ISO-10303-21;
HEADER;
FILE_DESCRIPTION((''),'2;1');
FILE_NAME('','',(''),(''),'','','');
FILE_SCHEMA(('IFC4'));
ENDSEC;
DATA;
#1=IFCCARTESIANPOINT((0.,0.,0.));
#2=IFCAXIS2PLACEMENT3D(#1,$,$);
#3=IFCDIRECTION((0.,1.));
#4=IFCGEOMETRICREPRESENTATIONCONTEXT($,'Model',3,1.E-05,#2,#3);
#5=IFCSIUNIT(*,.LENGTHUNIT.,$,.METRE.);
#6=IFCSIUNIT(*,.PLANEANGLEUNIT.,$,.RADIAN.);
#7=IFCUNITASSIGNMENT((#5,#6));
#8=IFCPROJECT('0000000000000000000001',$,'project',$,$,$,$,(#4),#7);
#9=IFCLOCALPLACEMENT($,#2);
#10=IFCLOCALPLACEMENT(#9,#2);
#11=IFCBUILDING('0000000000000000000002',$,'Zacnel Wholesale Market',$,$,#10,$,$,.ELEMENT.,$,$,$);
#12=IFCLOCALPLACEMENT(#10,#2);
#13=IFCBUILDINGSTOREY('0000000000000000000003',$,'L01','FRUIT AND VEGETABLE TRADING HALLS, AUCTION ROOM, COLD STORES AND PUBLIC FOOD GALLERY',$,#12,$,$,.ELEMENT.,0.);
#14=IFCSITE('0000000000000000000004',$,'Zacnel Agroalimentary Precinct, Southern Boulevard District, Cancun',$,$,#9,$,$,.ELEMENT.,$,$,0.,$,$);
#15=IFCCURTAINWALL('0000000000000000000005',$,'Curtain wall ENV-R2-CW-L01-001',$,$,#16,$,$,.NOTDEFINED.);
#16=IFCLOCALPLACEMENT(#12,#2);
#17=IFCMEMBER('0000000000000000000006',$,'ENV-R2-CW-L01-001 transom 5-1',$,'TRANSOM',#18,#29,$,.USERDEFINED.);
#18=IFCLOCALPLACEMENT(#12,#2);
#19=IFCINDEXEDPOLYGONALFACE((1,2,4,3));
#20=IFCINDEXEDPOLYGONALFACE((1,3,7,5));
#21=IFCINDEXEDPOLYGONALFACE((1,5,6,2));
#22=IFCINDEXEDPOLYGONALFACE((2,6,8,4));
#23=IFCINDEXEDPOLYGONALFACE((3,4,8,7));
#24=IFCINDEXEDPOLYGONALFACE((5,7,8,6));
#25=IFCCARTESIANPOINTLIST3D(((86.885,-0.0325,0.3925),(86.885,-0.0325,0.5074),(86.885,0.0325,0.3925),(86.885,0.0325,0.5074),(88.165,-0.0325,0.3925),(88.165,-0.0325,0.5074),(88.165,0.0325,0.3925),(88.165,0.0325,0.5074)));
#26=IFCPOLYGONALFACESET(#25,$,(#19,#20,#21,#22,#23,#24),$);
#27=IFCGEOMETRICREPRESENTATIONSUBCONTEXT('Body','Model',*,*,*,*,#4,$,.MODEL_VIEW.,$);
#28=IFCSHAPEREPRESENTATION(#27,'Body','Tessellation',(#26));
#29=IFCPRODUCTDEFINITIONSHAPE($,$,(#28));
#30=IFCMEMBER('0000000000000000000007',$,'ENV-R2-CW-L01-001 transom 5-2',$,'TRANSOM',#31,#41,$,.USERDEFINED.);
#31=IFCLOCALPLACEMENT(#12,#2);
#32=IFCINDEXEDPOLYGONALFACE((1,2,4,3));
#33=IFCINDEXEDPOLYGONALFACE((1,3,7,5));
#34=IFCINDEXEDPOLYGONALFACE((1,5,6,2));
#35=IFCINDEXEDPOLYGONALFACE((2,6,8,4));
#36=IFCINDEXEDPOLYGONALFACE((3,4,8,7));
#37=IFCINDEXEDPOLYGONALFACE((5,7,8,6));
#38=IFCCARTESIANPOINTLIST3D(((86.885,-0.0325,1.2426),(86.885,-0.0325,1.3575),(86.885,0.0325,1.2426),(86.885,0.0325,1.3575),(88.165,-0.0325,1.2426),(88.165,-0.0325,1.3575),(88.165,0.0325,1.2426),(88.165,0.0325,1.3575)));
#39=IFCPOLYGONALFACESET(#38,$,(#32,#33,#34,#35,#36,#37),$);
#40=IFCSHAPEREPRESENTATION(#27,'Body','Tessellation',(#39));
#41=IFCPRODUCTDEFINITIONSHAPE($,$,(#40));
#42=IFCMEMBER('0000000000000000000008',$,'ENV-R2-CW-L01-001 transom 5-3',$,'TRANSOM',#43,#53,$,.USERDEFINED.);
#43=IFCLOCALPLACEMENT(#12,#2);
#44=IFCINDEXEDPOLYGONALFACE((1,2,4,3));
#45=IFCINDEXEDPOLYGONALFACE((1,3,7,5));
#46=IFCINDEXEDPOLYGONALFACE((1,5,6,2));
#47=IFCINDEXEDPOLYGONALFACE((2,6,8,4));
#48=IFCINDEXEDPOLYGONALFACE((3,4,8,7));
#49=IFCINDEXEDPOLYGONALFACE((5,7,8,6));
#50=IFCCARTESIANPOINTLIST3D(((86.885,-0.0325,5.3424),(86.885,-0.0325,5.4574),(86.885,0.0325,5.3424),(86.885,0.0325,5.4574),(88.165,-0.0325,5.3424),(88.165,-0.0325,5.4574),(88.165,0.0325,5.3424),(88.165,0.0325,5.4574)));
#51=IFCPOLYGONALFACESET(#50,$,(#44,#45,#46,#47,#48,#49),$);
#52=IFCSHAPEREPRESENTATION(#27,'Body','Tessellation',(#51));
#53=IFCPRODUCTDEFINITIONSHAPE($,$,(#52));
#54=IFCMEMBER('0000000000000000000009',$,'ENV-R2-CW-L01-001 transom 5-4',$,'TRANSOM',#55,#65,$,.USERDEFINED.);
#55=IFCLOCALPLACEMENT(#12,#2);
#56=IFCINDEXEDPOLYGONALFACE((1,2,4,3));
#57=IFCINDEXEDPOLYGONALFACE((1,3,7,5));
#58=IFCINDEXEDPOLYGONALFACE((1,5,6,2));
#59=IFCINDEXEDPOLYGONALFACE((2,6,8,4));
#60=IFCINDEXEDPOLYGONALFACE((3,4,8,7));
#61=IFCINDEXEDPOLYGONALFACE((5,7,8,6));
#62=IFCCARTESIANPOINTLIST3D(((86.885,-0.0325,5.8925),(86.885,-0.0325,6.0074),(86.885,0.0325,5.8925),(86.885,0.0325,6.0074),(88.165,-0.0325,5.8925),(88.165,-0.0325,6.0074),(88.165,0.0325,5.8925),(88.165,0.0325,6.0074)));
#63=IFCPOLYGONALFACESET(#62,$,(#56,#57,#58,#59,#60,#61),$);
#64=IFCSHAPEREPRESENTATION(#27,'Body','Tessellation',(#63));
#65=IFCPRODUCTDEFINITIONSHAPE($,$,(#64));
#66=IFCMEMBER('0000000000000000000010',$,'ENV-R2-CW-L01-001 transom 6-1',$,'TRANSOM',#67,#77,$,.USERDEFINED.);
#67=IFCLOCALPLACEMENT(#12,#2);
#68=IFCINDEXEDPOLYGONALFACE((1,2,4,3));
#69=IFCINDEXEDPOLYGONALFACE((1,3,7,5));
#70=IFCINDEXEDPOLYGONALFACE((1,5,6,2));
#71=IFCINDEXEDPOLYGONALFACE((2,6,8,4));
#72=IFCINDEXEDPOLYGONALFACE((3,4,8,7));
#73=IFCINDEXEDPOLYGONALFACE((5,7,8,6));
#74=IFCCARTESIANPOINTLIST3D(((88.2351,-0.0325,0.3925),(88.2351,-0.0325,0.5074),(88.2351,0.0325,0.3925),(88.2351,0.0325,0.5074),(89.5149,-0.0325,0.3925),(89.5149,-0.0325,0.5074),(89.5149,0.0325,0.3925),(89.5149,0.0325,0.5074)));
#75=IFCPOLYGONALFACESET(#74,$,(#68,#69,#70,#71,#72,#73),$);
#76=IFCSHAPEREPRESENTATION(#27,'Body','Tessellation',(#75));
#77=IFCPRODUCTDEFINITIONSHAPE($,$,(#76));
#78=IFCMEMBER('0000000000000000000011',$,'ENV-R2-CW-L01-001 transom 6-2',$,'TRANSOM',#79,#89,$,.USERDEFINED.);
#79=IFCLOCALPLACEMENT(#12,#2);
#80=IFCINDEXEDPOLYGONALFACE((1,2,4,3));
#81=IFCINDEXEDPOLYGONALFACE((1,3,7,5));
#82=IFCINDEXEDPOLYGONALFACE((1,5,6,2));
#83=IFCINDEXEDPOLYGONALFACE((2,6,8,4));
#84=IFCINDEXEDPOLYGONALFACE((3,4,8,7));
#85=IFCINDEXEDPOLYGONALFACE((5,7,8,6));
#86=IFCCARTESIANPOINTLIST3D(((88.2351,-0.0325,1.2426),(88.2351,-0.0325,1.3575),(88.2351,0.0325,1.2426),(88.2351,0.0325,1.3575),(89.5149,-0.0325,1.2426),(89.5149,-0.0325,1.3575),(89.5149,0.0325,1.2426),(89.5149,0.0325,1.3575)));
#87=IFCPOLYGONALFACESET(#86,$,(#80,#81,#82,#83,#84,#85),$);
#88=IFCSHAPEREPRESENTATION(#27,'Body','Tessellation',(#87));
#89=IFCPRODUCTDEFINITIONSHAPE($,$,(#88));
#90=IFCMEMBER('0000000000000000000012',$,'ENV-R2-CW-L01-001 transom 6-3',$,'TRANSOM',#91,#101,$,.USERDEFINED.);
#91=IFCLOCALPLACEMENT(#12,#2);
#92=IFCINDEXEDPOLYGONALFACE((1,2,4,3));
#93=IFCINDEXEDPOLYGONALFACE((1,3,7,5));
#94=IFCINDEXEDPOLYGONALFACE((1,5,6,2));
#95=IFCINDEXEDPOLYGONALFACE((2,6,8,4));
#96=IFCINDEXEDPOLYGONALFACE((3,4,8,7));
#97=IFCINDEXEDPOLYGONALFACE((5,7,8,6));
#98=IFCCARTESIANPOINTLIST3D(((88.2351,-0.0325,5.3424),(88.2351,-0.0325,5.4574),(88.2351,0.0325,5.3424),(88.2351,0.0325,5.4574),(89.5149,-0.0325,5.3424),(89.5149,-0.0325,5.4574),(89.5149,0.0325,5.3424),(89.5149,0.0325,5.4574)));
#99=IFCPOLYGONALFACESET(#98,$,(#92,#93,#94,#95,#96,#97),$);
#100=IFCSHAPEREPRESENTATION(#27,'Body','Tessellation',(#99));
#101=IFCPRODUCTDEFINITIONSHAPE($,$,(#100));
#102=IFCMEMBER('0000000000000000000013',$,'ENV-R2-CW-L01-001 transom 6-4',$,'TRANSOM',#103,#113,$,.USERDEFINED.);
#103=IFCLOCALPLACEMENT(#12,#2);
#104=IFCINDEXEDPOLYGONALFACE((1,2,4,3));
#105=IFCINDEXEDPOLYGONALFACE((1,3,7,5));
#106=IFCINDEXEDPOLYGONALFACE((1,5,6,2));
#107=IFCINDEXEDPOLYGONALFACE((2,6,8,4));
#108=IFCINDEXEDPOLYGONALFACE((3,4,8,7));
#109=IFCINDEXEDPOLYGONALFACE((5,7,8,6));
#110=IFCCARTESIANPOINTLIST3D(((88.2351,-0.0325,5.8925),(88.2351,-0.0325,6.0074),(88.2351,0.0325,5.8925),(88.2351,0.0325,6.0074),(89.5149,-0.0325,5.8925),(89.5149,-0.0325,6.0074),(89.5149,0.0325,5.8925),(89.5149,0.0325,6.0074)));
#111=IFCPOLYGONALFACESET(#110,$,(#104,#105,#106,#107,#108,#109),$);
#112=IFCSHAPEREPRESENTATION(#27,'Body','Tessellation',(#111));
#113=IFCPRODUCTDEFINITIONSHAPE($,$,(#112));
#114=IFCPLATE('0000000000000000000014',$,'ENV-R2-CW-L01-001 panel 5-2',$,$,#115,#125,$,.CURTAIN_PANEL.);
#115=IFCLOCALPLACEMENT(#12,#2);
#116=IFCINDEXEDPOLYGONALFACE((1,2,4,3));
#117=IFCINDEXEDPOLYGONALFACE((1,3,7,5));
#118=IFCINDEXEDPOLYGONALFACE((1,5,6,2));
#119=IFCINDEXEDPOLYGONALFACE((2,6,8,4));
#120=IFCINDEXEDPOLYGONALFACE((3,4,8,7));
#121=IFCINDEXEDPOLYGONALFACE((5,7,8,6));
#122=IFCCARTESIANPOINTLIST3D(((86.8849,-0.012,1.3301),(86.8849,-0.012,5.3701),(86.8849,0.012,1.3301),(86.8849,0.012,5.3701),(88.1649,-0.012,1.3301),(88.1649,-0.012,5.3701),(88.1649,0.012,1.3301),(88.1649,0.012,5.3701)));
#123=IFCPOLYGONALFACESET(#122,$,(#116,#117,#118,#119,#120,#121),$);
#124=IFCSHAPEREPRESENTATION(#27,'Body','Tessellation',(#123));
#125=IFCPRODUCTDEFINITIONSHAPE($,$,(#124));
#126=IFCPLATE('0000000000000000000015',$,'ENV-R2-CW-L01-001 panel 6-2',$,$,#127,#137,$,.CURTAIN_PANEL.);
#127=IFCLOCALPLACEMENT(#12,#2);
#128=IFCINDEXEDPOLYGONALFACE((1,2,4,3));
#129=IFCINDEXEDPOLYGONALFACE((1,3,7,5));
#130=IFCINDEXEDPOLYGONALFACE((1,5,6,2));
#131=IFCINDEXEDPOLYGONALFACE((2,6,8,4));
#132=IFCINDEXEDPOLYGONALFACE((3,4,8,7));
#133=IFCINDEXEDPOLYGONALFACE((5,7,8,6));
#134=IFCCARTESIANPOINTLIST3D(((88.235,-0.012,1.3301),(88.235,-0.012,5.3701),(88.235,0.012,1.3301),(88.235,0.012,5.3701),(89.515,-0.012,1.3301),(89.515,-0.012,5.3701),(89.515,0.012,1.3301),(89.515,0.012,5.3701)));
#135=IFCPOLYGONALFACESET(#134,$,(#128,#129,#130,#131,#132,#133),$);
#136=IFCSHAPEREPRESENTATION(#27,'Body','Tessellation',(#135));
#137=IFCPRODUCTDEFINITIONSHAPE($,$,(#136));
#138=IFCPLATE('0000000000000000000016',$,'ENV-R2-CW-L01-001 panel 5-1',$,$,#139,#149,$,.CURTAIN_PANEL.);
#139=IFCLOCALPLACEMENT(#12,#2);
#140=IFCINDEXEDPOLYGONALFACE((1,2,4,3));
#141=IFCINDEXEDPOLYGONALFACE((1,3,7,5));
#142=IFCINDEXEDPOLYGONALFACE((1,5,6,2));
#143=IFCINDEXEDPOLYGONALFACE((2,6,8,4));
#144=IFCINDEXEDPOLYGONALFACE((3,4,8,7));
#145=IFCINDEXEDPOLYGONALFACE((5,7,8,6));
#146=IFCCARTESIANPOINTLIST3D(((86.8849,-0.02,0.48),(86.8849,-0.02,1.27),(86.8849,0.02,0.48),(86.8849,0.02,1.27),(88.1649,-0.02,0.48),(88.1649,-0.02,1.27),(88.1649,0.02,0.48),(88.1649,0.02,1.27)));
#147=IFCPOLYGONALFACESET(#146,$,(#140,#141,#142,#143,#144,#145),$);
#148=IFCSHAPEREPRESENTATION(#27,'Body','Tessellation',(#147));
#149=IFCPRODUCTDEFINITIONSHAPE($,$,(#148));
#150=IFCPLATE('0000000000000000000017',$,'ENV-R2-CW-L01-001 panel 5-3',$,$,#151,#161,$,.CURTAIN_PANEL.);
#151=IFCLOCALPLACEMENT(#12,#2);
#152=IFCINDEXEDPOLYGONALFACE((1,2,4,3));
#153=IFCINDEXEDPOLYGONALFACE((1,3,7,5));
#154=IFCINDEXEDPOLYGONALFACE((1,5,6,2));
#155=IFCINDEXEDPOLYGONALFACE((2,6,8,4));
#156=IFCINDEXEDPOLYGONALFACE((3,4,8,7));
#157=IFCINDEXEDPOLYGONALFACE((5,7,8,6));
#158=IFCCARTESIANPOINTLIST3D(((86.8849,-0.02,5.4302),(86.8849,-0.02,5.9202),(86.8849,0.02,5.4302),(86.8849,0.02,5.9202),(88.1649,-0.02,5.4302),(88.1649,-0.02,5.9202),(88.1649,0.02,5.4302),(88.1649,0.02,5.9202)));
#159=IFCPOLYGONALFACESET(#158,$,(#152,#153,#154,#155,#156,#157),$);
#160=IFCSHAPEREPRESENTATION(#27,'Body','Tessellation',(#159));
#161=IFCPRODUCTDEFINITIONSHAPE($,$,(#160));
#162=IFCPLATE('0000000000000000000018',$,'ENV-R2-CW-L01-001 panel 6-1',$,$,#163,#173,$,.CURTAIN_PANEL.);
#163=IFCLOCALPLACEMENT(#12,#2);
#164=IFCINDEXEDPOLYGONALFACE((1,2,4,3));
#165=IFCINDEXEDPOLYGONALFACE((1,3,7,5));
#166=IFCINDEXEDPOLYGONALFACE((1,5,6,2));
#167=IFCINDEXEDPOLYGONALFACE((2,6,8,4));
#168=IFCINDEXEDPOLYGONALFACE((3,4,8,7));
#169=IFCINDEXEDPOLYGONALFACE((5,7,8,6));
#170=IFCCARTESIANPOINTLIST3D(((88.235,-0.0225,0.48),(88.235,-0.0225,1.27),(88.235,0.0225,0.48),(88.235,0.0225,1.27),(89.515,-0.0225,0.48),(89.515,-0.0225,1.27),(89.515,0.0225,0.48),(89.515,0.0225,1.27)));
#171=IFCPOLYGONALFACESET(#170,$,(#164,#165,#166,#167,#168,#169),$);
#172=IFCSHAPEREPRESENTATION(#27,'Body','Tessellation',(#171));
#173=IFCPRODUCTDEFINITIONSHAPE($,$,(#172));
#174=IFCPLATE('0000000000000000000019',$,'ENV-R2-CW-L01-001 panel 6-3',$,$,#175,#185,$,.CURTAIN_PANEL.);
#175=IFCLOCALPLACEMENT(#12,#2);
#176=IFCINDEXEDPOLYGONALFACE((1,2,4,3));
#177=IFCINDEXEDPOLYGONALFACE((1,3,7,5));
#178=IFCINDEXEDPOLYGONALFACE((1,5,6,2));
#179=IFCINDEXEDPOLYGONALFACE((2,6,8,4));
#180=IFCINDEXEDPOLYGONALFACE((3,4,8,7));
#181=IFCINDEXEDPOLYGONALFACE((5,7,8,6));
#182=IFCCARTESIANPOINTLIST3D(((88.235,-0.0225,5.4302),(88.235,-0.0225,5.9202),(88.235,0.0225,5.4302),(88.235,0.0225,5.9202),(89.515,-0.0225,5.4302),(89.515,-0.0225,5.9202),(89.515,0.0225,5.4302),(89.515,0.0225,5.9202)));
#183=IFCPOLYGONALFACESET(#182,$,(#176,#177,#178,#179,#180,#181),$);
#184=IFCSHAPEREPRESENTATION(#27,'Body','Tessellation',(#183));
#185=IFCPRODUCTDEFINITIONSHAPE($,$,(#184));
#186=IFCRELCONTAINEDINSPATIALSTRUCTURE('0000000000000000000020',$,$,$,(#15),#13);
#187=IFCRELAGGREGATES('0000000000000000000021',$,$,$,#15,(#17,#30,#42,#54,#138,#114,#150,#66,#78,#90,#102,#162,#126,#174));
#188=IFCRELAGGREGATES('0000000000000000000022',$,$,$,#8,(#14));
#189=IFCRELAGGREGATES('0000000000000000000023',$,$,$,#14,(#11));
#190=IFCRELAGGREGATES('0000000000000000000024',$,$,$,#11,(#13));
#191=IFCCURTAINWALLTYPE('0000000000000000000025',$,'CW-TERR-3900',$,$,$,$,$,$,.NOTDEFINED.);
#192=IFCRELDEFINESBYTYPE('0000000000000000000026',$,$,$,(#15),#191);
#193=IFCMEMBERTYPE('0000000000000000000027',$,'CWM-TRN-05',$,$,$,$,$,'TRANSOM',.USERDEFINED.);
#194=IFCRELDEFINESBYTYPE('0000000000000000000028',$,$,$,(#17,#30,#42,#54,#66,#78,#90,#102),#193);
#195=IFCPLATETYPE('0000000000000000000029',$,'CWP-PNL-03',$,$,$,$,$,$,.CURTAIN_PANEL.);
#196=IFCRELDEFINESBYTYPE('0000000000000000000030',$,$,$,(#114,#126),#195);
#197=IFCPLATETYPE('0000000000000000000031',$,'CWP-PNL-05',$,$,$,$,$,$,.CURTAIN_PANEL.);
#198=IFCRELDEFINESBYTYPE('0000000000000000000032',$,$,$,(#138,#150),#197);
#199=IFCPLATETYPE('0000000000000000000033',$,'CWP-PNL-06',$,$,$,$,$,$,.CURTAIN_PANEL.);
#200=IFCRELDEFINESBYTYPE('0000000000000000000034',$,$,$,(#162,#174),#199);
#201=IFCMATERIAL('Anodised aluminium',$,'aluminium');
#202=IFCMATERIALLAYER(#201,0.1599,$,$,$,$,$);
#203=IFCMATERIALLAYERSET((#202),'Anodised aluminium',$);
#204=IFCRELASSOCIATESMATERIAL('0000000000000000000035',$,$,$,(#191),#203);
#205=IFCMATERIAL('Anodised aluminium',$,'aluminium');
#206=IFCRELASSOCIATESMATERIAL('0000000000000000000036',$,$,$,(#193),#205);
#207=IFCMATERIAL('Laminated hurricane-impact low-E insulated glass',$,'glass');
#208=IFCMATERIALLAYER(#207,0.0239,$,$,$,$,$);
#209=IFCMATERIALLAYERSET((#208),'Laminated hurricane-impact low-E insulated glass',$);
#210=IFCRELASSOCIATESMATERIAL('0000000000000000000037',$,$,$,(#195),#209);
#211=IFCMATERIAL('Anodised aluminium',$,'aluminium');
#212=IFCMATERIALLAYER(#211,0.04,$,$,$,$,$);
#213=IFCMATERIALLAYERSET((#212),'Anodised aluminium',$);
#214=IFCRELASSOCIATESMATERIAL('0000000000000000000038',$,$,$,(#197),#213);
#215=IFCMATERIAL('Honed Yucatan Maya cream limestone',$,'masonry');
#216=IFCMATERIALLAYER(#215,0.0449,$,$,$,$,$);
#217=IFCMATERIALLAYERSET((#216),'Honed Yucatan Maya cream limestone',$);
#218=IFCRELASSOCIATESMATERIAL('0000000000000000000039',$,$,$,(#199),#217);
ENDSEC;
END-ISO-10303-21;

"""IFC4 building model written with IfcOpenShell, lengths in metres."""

from ifc_helpers import new_model, si_unit, direction, frame, origin, origin_2d, place, context, subcontext, project, spatial, rectangle, extrude, material, layer, layer_set, material_profile, profile_set, type_object, element, aggregate, save


model = new_model("IFC4")

# Units and contexts
model_context = context("Model", 3, precision=1e-05, world=origin(), true_north=direction((0.0, 1.0)))
body_context = subcontext(model_context, "Body", "Model", "MODEL_VIEW")
ifc_project = project(units=[si_unit("LENGTHUNIT", "METRE"), si_unit("PLANEANGLEUNIT", "RADIAN")], contexts=[model_context])

# Site, building, storey
site_placement = place(None, origin())
site = spatial("IfcSite", under=ifc_project, at=site_placement, Name="Zacnel Agroalimentary Precinct, Southern Boulevard District, Cancun", CompositionType="ELEMENT", RefElevation=0.0)
building_placement = place(site_placement, origin())
building = spatial("IfcBuilding", under=site, at=building_placement, Name="Zacnel Wholesale Market", CompositionType="ELEMENT")
storey_placement = place(building_placement, origin())
storey = spatial("IfcBuildingStorey", under=building, at=storey_placement, Name="L01", Description="FRUIT AND VEGETABLE TRADING HALLS, AUCTION ROOM, COLD STORES AND PUBLIC FOOD GALLERY", CompositionType="ELEMENT", Elevation=0.0)

# Curtain wall, members, plates
ifc_material_1 = material(Name="Anodised aluminium", Category="aluminium")
ifc_layer_1 = layer(ifc_material_1, 0.1599)
ifc_layer_set_1 = layer_set([ifc_layer_1], Name="Anodised aluminium")
curtain_wall_type = type_object("IfcCurtainWallType", Name="CW-TERR-3900", PredefinedType="NOTDEFINED", material=ifc_layer_set_1)
curtain_wall_placement = place(storey_placement, origin())
curtain_wall = element("IfcCurtainWall", 1, at=curtain_wall_placement, inside=storey, type_object=curtain_wall_type, Name="Curtain wall ENV-R2-CW-L01-001", PredefinedType="NOTDEFINED")
ifc_material_2 = material(Name="Anodised aluminium", Category="aluminium")
ifc_material_profile_1 = material_profile(ifc_material_2, rectangle(XDim=0.0649, YDim=0.115, at=origin_2d()), Name="AW-TRANSOM 65x115")
ifc_profile_set_1 = profile_set([ifc_material_profile_1], Name="Anodised aluminium")
member_type_1 = type_object("IfcMemberType", Name="CWM-TRN-05", ElementType="TRANSOM", PredefinedType="USERDEFINED", material=ifc_profile_set_1)
member_1_placement = place(storey_placement, frame((86.885, 0.0, 0.45), z_axis=(1.0, 0.0, 0.0), x_axis=(0.0, 1.0, 0.0)))
member_1 = element("IfcMember", 2, at=member_1_placement, type_object=member_type_1, Name="ENV-R2-CW-L01-001 transom 5-1", ObjectType="TRANSOM", PredefinedType="USERDEFINED", context=body_context, shape_type="SweptSolid", body=[
    extrude(rectangle(XDim=0.0649, YDim=0.115, at=origin_2d()), origin(), (0.0, 0.0, 1.0), 1.28),
])
member_2_placement = place(storey_placement, frame((86.885, 0.0, 1.3), z_axis=(1.0, 0.0, 0.0), x_axis=(0.0, 1.0, 0.0)))
member_2 = element("IfcMember", 3, at=member_2_placement, type_object=member_type_1, Name="ENV-R2-CW-L01-001 transom 5-2", ObjectType="TRANSOM", PredefinedType="USERDEFINED", context=body_context, shape_type="SweptSolid", body=[
    extrude(rectangle(XDim=0.0649, YDim=0.115, at=origin_2d()), origin(), (0.0, 0.0, 1.0), 1.28),
])
member_3_placement = place(storey_placement, frame((86.885, 0.0, 5.3999), z_axis=(1.0, 0.0, 0.0), x_axis=(0.0, 1.0, 0.0)))
member_3 = element("IfcMember", 4, at=member_3_placement, type_object=member_type_1, Name="ENV-R2-CW-L01-001 transom 5-3", ObjectType="TRANSOM", PredefinedType="USERDEFINED", context=body_context, shape_type="SweptSolid", body=[
    extrude(rectangle(XDim=0.0649, YDim=0.115, at=origin_2d()), origin(), (0.0, 0.0, 1.0), 1.28),
])
member_4_placement = place(storey_placement, frame((86.885, 0.0, 5.95), z_axis=(1.0, 0.0, 0.0), x_axis=(0.0, 1.0, 0.0)))
member_4 = element("IfcMember", 5, at=member_4_placement, type_object=member_type_1, Name="ENV-R2-CW-L01-001 transom 5-4", ObjectType="TRANSOM", PredefinedType="USERDEFINED", context=body_context, shape_type="SweptSolid", body=[
    extrude(rectangle(XDim=0.0649, YDim=0.115, at=origin_2d()), origin(), (0.0, 0.0, 1.0), 1.28),
])
member_5_placement = place(storey_placement, frame((88.2351, 0.0, 0.45), z_axis=(1.0, 0.0, 0.0), x_axis=(0.0, 1.0, 0.0)))
member_5 = element("IfcMember", 6, at=member_5_placement, type_object=member_type_1, Name="ENV-R2-CW-L01-001 transom 6-1", ObjectType="TRANSOM", PredefinedType="USERDEFINED", context=body_context, shape_type="SweptSolid", body=[
    extrude(rectangle(XDim=0.0649, YDim=0.115, at=origin_2d()), origin(), (0.0, 0.0, 1.0), 1.2798),
])
member_6_placement = place(storey_placement, frame((88.2351, 0.0, 1.3), z_axis=(1.0, 0.0, 0.0), x_axis=(0.0, 1.0, 0.0)))
member_6 = element("IfcMember", 7, at=member_6_placement, type_object=member_type_1, Name="ENV-R2-CW-L01-001 transom 6-2", ObjectType="TRANSOM", PredefinedType="USERDEFINED", context=body_context, shape_type="SweptSolid", body=[
    extrude(rectangle(XDim=0.0649, YDim=0.115, at=origin_2d()), origin(), (0.0, 0.0, 1.0), 1.2798),
])
member_7_placement = place(storey_placement, frame((88.2351, 0.0, 5.3999), z_axis=(1.0, 0.0, 0.0), x_axis=(0.0, 1.0, 0.0)))
member_7 = element("IfcMember", 8, at=member_7_placement, type_object=member_type_1, Name="ENV-R2-CW-L01-001 transom 6-3", ObjectType="TRANSOM", PredefinedType="USERDEFINED", context=body_context, shape_type="SweptSolid", body=[
    extrude(rectangle(XDim=0.0649, YDim=0.115, at=origin_2d()), origin(), (0.0, 0.0, 1.0), 1.2798),
])
member_8_placement = place(storey_placement, frame((88.2351, 0.0, 5.95), z_axis=(1.0, 0.0, 0.0), x_axis=(0.0, 1.0, 0.0)))
member_8 = element("IfcMember", 9, at=member_8_placement, type_object=member_type_1, Name="ENV-R2-CW-L01-001 transom 6-4", ObjectType="TRANSOM", PredefinedType="USERDEFINED", context=body_context, shape_type="SweptSolid", body=[
    extrude(rectangle(XDim=0.0649, YDim=0.115, at=origin_2d()), origin(), (0.0, 0.0, 1.0), 1.2798),
])
ifc_material_3 = material(Name="Laminated hurricane-impact low-E insulated glass", Category="glass")
ifc_layer_2 = layer(ifc_material_3, 0.0239)
ifc_layer_set_2 = layer_set([ifc_layer_2], Name="Laminated hurricane-impact low-E insulated glass")
plate_type_1 = type_object("IfcPlateType", Name="CWP-PNL-03", PredefinedType="CURTAIN_PANEL", material=ifc_layer_set_2)
plate_1_placement = place(storey_placement, frame((87.5249, 0.0, 1.3301), z_axis=(0.0, 0.0, 1.0), x_axis=(1.0, 0.0, 0.0)))
plate_1 = element("IfcPlate", 10, at=plate_1_placement, type_object=plate_type_1, Name="ENV-R2-CW-L01-001 panel 5-2", PredefinedType="CURTAIN_PANEL", context=body_context, shape_type="SweptSolid", body=[
    extrude(rectangle(XDim=1.28, YDim=0.0239, at=origin_2d()), origin(), (0.0, 0.0, 1.0), 4.04),
])
plate_2_placement = place(storey_placement, frame((88.875, 0.0, 1.3301), z_axis=(0.0, 0.0, 1.0), x_axis=(1.0, 0.0, 0.0)))
plate_2 = element("IfcPlate", 11, at=plate_2_placement, type_object=plate_type_1, Name="ENV-R2-CW-L01-001 panel 6-2", PredefinedType="CURTAIN_PANEL", context=body_context, shape_type="SweptSolid", body=[
    extrude(rectangle(XDim=1.28, YDim=0.0239, at=origin_2d()), origin(), (0.0, 0.0, 1.0), 4.04),
])
ifc_material_4 = material(Name="Anodised aluminium", Category="aluminium")
ifc_layer_3 = layer(ifc_material_4, 0.04)
ifc_layer_set_3 = layer_set([ifc_layer_3], Name="Anodised aluminium")
plate_type_2 = type_object("IfcPlateType", Name="CWP-PNL-05", PredefinedType="CURTAIN_PANEL", material=ifc_layer_set_3)
plate_3_placement = place(storey_placement, frame((87.5249, 0.0, 0.48), z_axis=(0.0, 0.0, 1.0), x_axis=(1.0, 0.0, 0.0)))
plate_3 = element("IfcPlate", 12, at=plate_3_placement, type_object=plate_type_2, Name="ENV-R2-CW-L01-001 panel 5-1", PredefinedType="CURTAIN_PANEL", context=body_context, shape_type="SweptSolid", body=[
    extrude(rectangle(XDim=1.28, YDim=0.04, at=origin_2d()), origin(), (0.0, 0.0, 1.0), 0.79),
])
plate_4_placement = place(storey_placement, frame((87.5249, 0.0, 5.4302), z_axis=(0.0, 0.0, 1.0), x_axis=(1.0, 0.0, 0.0)))
plate_4 = element("IfcPlate", 13, at=plate_4_placement, type_object=plate_type_2, Name="ENV-R2-CW-L01-001 panel 5-3", PredefinedType="CURTAIN_PANEL", context=body_context, shape_type="SweptSolid", body=[
    extrude(rectangle(XDim=1.28, YDim=0.04, at=origin_2d()), origin(), (0.0, 0.0, 1.0), 0.49),
])
ifc_material_5 = material(Name="Honed Yucatan Maya cream limestone", Category="masonry")
ifc_layer_4 = layer(ifc_material_5, 0.0449)
ifc_layer_set_4 = layer_set([ifc_layer_4], Name="Honed Yucatan Maya cream limestone")
plate_type_3 = type_object("IfcPlateType", Name="CWP-PNL-06", PredefinedType="CURTAIN_PANEL", material=ifc_layer_set_4)
plate_5_placement = place(storey_placement, frame((88.875, 0.0, 0.48), z_axis=(0.0, 0.0, 1.0), x_axis=(1.0, 0.0, 0.0)))
plate_5 = element("IfcPlate", 14, at=plate_5_placement, type_object=plate_type_3, Name="ENV-R2-CW-L01-001 panel 6-1", PredefinedType="CURTAIN_PANEL", context=body_context, shape_type="SweptSolid", body=[
    extrude(rectangle(XDim=1.28, YDim=0.0449, at=origin_2d()), origin(), (0.0, 0.0, 1.0), 0.79),
])
plate_6_placement = place(storey_placement, frame((88.875, 0.0, 5.4302), z_axis=(0.0, 0.0, 1.0), x_axis=(1.0, 0.0, 0.0)))
plate_6 = element("IfcPlate", 15, at=plate_6_placement, type_object=plate_type_3, Name="ENV-R2-CW-L01-001 panel 6-3", PredefinedType="CURTAIN_PANEL", context=body_context, shape_type="SweptSolid", body=[
    extrude(rectangle(XDim=1.28, YDim=0.0449, at=origin_2d()), origin(), (0.0, 0.0, 1.0), 0.49),
])
aggregate(curtain_wall, [member_1, member_2, member_3, member_4, plate_3, plate_1, plate_4, member_5, member_6, member_7, member_8, plate_5, plate_2, plate_6])

save(model, "model.ifc")
